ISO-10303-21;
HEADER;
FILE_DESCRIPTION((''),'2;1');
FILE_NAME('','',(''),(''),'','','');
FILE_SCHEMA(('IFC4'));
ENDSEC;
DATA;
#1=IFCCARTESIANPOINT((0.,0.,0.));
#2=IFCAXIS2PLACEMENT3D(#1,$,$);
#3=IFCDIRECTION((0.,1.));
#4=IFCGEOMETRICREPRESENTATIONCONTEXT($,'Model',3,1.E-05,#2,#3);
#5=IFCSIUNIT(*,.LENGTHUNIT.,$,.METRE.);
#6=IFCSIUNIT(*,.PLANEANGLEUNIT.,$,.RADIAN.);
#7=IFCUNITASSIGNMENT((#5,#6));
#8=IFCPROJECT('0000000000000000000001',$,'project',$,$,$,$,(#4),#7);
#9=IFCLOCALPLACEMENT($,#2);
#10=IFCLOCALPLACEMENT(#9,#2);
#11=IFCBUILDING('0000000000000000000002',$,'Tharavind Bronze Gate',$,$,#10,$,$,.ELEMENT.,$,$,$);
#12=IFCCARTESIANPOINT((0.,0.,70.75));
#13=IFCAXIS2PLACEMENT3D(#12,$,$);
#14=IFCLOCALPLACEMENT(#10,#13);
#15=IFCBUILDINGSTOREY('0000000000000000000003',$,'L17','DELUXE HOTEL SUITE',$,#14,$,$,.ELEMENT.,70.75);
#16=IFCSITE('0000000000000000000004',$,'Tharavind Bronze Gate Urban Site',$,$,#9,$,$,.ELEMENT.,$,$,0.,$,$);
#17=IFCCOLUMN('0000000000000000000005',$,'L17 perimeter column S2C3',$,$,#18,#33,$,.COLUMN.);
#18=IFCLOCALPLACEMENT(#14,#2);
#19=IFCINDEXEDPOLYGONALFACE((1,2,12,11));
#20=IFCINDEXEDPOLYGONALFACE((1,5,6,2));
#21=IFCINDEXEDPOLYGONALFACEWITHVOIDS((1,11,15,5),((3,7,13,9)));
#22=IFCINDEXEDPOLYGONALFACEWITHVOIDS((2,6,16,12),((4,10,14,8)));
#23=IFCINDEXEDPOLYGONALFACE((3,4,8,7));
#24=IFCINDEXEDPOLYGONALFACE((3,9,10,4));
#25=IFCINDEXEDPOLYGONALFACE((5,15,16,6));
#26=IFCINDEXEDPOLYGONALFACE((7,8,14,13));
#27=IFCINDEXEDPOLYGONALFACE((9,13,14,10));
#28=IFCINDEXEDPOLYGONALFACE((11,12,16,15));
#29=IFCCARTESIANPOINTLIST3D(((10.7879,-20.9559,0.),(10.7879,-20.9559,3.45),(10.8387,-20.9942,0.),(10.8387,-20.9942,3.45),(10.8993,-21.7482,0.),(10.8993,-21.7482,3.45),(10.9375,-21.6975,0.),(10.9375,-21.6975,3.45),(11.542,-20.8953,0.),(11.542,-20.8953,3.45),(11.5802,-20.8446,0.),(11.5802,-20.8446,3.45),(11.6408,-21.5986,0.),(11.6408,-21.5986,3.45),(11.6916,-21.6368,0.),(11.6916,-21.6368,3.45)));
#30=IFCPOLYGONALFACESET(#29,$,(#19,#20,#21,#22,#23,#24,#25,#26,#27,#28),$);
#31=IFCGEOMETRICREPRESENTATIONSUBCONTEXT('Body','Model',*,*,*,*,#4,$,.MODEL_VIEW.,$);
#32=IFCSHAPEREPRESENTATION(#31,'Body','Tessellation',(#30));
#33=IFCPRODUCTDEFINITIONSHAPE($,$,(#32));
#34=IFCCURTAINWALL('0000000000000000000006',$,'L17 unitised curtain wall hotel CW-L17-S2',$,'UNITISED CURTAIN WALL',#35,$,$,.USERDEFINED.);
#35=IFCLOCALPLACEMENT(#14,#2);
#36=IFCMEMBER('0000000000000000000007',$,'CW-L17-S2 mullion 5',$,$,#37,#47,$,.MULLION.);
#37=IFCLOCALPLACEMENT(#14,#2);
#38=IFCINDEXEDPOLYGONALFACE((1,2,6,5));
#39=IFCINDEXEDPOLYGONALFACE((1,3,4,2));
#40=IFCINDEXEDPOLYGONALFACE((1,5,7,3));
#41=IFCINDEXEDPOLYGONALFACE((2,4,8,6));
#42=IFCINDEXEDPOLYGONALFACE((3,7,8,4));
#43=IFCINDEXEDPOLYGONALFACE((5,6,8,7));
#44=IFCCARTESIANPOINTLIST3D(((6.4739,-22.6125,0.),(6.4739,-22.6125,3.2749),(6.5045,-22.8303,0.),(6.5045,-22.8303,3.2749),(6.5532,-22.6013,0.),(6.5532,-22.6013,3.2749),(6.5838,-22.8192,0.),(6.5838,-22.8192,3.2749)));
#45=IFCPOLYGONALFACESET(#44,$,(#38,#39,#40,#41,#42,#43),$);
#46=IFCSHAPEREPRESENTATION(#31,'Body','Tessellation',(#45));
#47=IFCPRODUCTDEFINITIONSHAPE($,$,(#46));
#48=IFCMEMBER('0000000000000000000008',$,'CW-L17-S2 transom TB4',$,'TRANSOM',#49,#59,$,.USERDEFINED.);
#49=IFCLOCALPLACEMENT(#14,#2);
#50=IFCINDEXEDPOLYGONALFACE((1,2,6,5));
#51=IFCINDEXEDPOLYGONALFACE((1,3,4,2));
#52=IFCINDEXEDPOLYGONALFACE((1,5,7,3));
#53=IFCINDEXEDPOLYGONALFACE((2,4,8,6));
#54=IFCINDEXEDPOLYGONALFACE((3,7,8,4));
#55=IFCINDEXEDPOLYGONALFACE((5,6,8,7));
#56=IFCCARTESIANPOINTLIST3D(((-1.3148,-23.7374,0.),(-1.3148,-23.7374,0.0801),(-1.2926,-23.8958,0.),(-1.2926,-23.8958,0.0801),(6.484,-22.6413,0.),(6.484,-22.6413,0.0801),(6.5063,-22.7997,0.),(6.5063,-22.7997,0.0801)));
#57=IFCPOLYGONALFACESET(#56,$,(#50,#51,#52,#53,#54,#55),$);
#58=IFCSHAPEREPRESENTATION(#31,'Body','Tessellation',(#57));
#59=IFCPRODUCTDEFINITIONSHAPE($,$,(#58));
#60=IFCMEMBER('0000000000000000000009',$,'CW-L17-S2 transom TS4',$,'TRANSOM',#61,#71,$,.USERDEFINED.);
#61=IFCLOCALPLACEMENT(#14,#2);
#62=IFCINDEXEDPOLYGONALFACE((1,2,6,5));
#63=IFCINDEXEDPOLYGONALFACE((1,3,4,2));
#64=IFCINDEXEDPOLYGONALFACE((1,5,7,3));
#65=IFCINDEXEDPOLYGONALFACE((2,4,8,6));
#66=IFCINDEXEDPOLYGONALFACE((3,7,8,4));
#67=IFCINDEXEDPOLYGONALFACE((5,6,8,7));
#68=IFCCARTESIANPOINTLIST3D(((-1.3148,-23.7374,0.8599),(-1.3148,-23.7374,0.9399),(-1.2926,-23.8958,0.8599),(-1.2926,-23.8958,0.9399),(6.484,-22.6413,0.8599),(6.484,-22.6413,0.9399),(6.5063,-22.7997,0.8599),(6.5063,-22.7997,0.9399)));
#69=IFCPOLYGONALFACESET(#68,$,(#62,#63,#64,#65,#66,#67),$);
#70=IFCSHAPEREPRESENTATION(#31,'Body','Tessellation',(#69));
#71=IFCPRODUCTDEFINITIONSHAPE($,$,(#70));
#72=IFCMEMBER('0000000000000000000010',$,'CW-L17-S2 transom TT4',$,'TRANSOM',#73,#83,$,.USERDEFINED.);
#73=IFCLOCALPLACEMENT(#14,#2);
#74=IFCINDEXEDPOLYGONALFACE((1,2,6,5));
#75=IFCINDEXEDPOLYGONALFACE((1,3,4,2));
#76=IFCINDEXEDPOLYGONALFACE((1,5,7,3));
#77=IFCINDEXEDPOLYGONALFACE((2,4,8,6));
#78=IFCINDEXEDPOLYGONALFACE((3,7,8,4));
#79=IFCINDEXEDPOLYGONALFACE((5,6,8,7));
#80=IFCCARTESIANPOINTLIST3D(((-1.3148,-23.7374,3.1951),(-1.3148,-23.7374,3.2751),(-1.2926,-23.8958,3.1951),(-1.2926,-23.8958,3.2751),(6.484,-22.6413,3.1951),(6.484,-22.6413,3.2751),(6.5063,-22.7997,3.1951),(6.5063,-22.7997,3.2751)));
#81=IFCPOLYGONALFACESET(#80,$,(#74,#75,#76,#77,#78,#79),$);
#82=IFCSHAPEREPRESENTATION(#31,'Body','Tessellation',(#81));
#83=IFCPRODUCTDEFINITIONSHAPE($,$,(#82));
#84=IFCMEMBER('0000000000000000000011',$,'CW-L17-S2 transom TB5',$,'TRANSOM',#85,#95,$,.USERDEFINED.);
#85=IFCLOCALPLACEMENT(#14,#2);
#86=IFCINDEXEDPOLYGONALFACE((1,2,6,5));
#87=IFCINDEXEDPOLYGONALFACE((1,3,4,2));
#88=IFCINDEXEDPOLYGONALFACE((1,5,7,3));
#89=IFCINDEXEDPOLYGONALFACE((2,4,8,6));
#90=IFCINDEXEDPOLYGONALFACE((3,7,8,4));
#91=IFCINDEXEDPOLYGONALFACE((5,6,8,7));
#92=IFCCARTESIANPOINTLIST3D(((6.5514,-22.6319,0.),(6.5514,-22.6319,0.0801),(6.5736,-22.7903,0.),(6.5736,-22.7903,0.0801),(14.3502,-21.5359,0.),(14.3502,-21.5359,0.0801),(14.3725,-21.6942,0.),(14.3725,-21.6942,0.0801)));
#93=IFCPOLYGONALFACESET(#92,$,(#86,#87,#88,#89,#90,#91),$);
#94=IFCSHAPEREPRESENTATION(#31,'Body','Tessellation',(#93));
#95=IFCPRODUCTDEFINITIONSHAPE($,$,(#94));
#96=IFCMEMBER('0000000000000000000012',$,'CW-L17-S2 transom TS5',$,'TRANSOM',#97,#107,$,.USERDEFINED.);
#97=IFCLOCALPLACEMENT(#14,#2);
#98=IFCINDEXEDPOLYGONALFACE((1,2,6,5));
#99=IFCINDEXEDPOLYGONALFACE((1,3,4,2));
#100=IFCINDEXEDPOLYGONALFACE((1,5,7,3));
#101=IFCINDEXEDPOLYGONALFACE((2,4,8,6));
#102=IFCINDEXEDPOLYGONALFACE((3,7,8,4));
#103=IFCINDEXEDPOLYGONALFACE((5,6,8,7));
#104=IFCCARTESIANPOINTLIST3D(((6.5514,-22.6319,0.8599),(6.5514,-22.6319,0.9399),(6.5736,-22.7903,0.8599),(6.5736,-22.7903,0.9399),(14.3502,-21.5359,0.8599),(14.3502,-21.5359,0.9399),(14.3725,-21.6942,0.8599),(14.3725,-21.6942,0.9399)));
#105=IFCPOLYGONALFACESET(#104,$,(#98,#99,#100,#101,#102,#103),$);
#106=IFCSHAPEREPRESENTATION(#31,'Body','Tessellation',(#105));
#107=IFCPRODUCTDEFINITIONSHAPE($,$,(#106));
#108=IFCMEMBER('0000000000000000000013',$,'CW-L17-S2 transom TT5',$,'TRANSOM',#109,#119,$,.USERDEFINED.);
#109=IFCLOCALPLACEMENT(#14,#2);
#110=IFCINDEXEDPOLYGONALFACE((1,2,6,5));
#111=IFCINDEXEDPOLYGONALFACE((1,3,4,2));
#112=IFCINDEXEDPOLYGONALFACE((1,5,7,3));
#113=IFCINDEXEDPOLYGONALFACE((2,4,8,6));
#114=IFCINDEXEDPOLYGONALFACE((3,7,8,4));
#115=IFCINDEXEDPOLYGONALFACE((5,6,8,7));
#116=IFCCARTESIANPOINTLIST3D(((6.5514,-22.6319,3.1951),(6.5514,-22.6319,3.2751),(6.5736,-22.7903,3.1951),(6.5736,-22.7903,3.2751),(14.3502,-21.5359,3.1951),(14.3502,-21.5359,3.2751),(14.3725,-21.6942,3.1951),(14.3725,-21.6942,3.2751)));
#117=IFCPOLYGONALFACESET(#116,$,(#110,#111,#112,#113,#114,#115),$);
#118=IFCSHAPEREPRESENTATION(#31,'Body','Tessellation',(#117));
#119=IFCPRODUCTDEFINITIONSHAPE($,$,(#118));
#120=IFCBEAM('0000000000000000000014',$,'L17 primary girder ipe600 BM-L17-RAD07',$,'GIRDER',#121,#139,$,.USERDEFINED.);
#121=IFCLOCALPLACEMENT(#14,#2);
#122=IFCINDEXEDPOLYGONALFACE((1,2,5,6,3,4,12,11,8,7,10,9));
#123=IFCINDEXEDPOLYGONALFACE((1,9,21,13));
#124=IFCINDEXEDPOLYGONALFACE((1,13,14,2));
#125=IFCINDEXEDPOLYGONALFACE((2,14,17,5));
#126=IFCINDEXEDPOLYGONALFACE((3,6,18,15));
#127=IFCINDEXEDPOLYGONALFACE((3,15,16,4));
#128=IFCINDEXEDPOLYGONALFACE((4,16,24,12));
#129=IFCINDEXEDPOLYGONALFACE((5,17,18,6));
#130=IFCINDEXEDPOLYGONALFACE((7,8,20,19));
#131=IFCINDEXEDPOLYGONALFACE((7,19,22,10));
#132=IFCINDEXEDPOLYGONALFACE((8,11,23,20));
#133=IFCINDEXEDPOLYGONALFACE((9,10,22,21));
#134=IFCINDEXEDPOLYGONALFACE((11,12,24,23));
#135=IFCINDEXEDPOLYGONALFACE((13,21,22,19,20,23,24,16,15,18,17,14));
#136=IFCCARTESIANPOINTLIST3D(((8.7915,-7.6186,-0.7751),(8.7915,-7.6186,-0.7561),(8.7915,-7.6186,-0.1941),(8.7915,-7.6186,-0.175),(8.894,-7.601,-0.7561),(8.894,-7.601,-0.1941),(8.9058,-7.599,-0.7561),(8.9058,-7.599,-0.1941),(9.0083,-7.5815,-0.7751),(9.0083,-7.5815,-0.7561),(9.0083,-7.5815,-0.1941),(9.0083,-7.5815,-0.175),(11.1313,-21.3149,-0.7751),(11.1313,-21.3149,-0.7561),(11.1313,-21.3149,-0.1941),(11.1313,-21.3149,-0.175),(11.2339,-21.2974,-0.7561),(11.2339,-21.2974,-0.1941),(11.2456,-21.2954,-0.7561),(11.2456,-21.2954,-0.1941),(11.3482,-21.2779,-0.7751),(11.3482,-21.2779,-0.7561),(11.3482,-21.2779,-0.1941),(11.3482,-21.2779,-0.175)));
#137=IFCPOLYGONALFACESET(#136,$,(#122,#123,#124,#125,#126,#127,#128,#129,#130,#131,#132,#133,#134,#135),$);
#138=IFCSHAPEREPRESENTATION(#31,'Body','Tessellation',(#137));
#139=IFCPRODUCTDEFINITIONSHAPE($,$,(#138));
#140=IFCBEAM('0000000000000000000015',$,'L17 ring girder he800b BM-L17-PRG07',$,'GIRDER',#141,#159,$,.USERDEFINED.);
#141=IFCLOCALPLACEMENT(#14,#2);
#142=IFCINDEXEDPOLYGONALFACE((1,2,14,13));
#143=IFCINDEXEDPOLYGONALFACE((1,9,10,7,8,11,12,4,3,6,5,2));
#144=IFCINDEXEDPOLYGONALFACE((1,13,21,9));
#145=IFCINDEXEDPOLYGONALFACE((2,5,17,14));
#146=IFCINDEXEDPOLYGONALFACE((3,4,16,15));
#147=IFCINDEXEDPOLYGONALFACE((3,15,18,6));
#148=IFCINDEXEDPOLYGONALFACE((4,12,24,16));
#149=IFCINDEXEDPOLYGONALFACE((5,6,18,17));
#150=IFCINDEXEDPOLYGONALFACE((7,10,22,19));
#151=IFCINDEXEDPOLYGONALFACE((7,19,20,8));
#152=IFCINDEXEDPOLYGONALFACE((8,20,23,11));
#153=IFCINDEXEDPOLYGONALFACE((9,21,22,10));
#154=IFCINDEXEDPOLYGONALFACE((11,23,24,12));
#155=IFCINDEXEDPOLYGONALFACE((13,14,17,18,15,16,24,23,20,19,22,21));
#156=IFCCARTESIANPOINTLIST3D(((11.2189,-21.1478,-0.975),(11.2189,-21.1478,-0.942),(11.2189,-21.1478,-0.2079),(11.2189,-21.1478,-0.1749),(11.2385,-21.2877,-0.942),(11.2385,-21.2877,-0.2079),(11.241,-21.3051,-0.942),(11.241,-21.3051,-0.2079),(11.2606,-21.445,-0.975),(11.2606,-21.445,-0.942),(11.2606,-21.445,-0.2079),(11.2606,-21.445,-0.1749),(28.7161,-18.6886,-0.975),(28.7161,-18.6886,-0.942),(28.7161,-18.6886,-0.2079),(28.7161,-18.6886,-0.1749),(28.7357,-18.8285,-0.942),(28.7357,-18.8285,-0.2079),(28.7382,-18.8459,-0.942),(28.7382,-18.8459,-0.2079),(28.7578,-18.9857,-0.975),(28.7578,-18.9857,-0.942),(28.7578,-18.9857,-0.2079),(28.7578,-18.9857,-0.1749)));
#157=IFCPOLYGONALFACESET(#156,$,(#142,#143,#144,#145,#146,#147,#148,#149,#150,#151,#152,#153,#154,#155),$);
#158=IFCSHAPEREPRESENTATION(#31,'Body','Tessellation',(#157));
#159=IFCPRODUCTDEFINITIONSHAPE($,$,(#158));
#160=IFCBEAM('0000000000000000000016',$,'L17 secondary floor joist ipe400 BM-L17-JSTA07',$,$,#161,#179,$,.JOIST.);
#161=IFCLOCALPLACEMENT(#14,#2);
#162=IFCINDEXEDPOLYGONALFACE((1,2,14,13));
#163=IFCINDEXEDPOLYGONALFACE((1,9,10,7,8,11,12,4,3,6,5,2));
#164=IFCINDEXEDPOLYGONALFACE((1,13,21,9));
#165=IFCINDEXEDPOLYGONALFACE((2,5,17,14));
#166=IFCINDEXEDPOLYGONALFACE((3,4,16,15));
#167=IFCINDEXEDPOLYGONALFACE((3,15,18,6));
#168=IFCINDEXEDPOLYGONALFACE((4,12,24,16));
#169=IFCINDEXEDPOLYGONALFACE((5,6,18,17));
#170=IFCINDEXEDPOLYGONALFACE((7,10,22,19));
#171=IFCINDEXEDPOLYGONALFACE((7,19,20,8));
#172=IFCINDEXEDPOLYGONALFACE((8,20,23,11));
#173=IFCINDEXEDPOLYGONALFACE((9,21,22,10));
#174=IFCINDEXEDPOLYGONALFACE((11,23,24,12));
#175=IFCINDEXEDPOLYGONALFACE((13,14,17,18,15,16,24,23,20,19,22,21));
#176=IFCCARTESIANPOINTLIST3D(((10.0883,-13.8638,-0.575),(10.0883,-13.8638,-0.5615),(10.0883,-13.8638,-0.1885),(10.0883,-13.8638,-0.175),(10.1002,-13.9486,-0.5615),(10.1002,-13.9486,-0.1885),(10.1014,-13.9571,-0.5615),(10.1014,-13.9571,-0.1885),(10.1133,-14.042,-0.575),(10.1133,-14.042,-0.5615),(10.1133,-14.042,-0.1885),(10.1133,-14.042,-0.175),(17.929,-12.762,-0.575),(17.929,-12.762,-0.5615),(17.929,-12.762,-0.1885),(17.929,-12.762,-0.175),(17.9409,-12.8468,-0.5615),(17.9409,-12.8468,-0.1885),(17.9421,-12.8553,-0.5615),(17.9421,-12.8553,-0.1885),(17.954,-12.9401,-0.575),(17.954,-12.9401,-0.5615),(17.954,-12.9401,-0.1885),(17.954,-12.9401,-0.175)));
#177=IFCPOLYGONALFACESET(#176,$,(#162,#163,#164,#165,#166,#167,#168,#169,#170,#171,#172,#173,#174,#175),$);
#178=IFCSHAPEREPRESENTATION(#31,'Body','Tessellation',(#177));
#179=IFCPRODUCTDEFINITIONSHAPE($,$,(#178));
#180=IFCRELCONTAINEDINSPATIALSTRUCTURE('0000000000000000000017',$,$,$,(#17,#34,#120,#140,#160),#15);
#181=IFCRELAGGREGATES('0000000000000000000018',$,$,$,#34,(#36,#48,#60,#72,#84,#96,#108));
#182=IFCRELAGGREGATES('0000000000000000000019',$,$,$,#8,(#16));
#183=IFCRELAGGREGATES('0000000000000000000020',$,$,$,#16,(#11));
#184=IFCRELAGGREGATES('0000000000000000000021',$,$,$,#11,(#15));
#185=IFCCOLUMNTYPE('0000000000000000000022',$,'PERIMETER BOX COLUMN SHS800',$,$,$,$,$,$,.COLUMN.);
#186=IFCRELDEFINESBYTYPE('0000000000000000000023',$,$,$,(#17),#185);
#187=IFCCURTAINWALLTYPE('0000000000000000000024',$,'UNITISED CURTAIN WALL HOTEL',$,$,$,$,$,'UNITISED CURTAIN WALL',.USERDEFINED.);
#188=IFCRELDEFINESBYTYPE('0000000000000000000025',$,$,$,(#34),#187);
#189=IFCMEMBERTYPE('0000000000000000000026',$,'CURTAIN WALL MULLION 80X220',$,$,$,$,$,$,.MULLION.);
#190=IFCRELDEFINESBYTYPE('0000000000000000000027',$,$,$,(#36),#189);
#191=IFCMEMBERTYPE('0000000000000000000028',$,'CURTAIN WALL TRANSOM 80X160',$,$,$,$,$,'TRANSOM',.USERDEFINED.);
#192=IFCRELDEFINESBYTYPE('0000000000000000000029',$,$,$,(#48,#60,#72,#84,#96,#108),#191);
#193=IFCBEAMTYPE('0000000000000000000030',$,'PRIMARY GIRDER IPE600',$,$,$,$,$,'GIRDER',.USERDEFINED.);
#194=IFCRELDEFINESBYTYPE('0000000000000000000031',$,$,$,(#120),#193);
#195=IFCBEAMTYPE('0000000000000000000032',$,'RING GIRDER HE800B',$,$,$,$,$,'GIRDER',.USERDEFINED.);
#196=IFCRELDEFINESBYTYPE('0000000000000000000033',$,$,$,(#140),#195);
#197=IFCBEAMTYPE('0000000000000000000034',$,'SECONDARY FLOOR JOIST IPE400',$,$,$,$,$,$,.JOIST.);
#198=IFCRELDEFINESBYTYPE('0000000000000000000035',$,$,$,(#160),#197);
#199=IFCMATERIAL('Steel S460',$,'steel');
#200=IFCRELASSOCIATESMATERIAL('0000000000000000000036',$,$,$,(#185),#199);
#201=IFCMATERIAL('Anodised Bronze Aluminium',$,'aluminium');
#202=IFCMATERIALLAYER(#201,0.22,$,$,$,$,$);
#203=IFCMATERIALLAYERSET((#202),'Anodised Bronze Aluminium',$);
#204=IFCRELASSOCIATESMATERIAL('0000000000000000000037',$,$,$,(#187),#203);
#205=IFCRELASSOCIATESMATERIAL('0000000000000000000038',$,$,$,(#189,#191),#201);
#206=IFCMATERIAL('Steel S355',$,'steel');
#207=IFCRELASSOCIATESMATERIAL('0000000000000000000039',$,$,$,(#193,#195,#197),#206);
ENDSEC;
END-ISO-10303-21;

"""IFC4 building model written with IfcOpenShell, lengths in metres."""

from ifc_helpers import new_model, si_unit, direction, frame, origin, origin_2d, place, context, subcontext, project, spatial, rectangle, hollow_rectangle, i_section, extrude, material, layer, layer_set, material_profile, profile_set, type_object, element, aggregate, save


model = new_model("IFC4")

# Units and contexts
model_context = context("Model", 3, precision=1e-05, world=origin(), true_north=direction((0.0, 1.0)))
body_context = subcontext(model_context, "Body", "Model", "MODEL_VIEW")
ifc_project = project(units=[si_unit("LENGTHUNIT", "METRE"), si_unit("PLANEANGLEUNIT", "RADIAN")], contexts=[model_context])

# Site, building, storey
site_placement = place(None, origin())
site = spatial("IfcSite", under=ifc_project, at=site_placement, Name="Tharavind Bronze Gate Urban Site", CompositionType="ELEMENT", RefElevation=0.0)
building_placement = place(site_placement, origin())
building = spatial("IfcBuilding", under=site, at=building_placement, Name="Tharavind Bronze Gate", CompositionType="ELEMENT")
storey_placement = place(building_placement, frame((0.0, 0.0, 70.75)))
storey = spatial("IfcBuildingStorey", under=building, at=storey_placement, Name="L17", Description="DELUXE HOTEL SUITE", CompositionType="ELEMENT", Elevation=70.75)

# Column
ifc_material_1 = material(Name="Steel S460", Category="steel")
ifc_material_profile_1 = material_profile(ifc_material_1, hollow_rectangle(XDim=0.8, YDim=0.8, WallThickness=0.0449, at=origin_2d()), Name="SHS800X45")
ifc_profile_set_1 = profile_set([ifc_material_profile_1], Name="Steel S460")
column_type = type_object("IfcColumnType", Name="PERIMETER BOX COLUMN SHS800", PredefinedType="COLUMN", material=ifc_profile_set_1)
column_placement = place(storey_placement, frame((11.2397, -21.2964, 0.0), z_axis=(0.0, 0.0, 1.0), x_axis=(0.990268, 0.139173, 0.0)))
element("IfcColumn", 1, at=column_placement, inside=storey, type_object=column_type, Name="L17 perimeter column S2C3", PredefinedType="COLUMN", context=body_context, shape_type="SweptSolid", body=[
    extrude(hollow_rectangle(XDim=0.8, YDim=0.8, WallThickness=0.0449, at=origin_2d()), origin(), (0.0, 0.0, 1.0), 3.45),
])

# Curtain wall, members
ifc_material_2 = material(Name="Anodised Bronze Aluminium", Category="aluminium")
ifc_layer_1 = layer(ifc_material_2, 0.22)
ifc_layer_set_1 = layer_set([ifc_layer_1], Name="Anodised Bronze Aluminium")
curtain_wall_type = type_object("IfcCurtainWallType", Name="UNITISED CURTAIN WALL HOTEL", ElementType="UNITISED CURTAIN WALL", PredefinedType="USERDEFINED", material=ifc_layer_set_1)
curtain_wall_placement = place(storey_placement, origin())
curtain_wall = element("IfcCurtainWall", 2, at=curtain_wall_placement, inside=storey, type_object=curtain_wall_type, Name="L17 unitised curtain wall hotel CW-L17-S2", ObjectType="UNITISED CURTAIN WALL", PredefinedType="USERDEFINED")
member_type_1 = type_object("IfcMemberType", Name="CURTAIN WALL MULLION 80X220", PredefinedType="MULLION", material=ifc_material_2)
member_1_placement = place(storey_placement, frame((6.5288, -22.7158, 0.0), z_axis=(0.0, 0.0, 1.0), x_axis=(0.990268, 0.139173, 0.0)))
member_1 = element("IfcMember", 3, at=member_1_placement, type_object=member_type_1, Name="CW-L17-S2 mullion 5", PredefinedType="MULLION", context=body_context, shape_type="SweptSolid", body=[
    extrude(rectangle(XDim=0.0801, YDim=0.22, at=origin_2d()), origin(), (0.0, 0.0, 1.0), 3.2749),
])
member_type_2 = type_object("IfcMemberType", Name="CURTAIN WALL TRANSOM 80X160", ElementType="TRANSOM", PredefinedType="USERDEFINED", material=ifc_material_2)
member_2_placement = place(storey_placement, frame((2.5957, -23.2686, 0.0), z_axis=(0.0, 0.0, 1.0), x_axis=(0.990268, 0.139173, 0.0)))
member_2 = element("IfcMember", 4, at=member_2_placement, type_object=member_type_2, Name="CW-L17-S2 transom TB4", ObjectType="TRANSOM", PredefinedType="USERDEFINED", context=body_context, shape_type="SweptSolid", body=[
    extrude(rectangle(XDim=7.8755, YDim=0.1599, at=origin_2d()), origin(), (0.0, 0.0, 1.0), 0.0801),
])
member_3_placement = place(storey_placement, frame((2.5957, -23.2686, 0.8599), z_axis=(0.0, 0.0, 1.0), x_axis=(0.990268, 0.139173, 0.0)))
member_3 = element("IfcMember", 5, at=member_3_placement, type_object=member_type_2, Name="CW-L17-S2 transom TS4", ObjectType="TRANSOM", PredefinedType="USERDEFINED", context=body_context, shape_type="SweptSolid", body=[
    extrude(rectangle(XDim=7.8755, YDim=0.1599, at=origin_2d()), origin(), (0.0, 0.0, 1.0), 0.0801),
])
member_4_placement = place(storey_placement, frame((2.5957, -23.2686, 3.1951), z_axis=(0.0, 0.0, 1.0), x_axis=(0.990268, 0.139173, 0.0)))
member_4 = element("IfcMember", 6, at=member_4_placement, type_object=member_type_2, Name="CW-L17-S2 transom TT4", ObjectType="TRANSOM", PredefinedType="USERDEFINED", context=body_context, shape_type="SweptSolid", body=[
    extrude(rectangle(XDim=7.8755, YDim=0.1599, at=origin_2d()), origin(), (0.0, 0.0, 1.0), 0.0801),
])
member_5_placement = place(storey_placement, frame((10.4619, -22.1631, 0.0), z_axis=(0.0, 0.0, 1.0), x_axis=(0.990268, 0.139173, 0.0)))
member_5 = element("IfcMember", 7, at=member_5_placement, type_object=member_type_2, Name="CW-L17-S2 transom TB5", ObjectType="TRANSOM", PredefinedType="USERDEFINED", context=body_context, shape_type="SweptSolid", body=[
    extrude(rectangle(XDim=7.8755, YDim=0.1599, at=origin_2d()), origin(), (0.0, 0.0, 1.0), 0.0801),
])
member_6_placement = place(storey_placement, frame((10.4619, -22.1631, 0.8599), z_axis=(0.0, 0.0, 1.0), x_axis=(0.990268, 0.139173, 0.0)))
member_6 = element("IfcMember", 8, at=member_6_placement, type_object=member_type_2, Name="CW-L17-S2 transom TS5", ObjectType="TRANSOM", PredefinedType="USERDEFINED", context=body_context, shape_type="SweptSolid", body=[
    extrude(rectangle(XDim=7.8755, YDim=0.1599, at=origin_2d()), origin(), (0.0, 0.0, 1.0), 0.0801),
])
member_7_placement = place(storey_placement, frame((10.4619, -22.1631, 3.1951), z_axis=(0.0, 0.0, 1.0), x_axis=(0.990268, 0.139173, 0.0)))
member_7 = element("IfcMember", 9, at=member_7_placement, type_object=member_type_2, Name="CW-L17-S2 transom TT5", ObjectType="TRANSOM", PredefinedType="USERDEFINED", context=body_context, shape_type="SweptSolid", body=[
    extrude(rectangle(XDim=7.8755, YDim=0.1599, at=origin_2d()), origin(), (0.0, 0.0, 1.0), 0.0801),
])

# Beams
ifc_material_3 = material(Name="Steel S355", Category="steel")
ifc_material_profile_2 = material_profile(ifc_material_3, i_section(OverallWidth=0.22, OverallDepth=0.6001, WebThickness=0.012, FlangeThickness=0.019, at=origin_2d()), Name="IPE600")
ifc_profile_set_2 = profile_set([ifc_material_profile_2], Name="Steel S355")
beam_type_1 = type_object("IfcBeamType", Name="PRIMARY GIRDER IPE600", ElementType="GIRDER", PredefinedType="USERDEFINED", material=ifc_profile_set_2)
beam_1_placement = place(storey_placement, frame((11.2397, -21.2964, -0.4751), z_axis=(-0.168398, 0.985719, 0.0), x_axis=(-0.985719, -0.168398, 0.0)))
element("IfcBeam", 10, at=beam_1_placement, inside=storey, type_object=beam_type_1, Name="L17 primary girder ipe600 BM-L17-RAD07", ObjectType="GIRDER", PredefinedType="USERDEFINED", context=body_context, shape_type="SweptSolid", body=[
    extrude(i_section(OverallWidth=0.22, OverallDepth=0.6001, WebThickness=0.012, FlangeThickness=0.019, at=origin_2d()), origin(), (0.0, 0.0, 1.0), 13.8948),
])
ifc_material_profile_3 = material_profile(ifc_material_3, i_section(OverallWidth=0.3, OverallDepth=0.8, WebThickness=0.0176, FlangeThickness=0.033, at=origin_2d()), Name="HE800B")
ifc_profile_set_3 = profile_set([ifc_material_profile_3], Name="Steel S355")
beam_type_2 = type_object("IfcBeamType", Name="RING GIRDER HE800B", ElementType="GIRDER", PredefinedType="USERDEFINED", material=ifc_profile_set_3)
beam_2_placement = place(storey_placement, frame((11.2397, -21.2964, -0.575), z_axis=(0.990267, 0.139181, 0.0), x_axis=(-0.139181, 0.990267, 0.0)))
element("IfcBeam", 11, at=beam_2_placement, inside=storey, type_object=beam_type_2, Name="L17 ring girder he800b BM-L17-PRG07", ObjectType="GIRDER", PredefinedType="USERDEFINED", context=body_context, shape_type="SweptSolid", body=[
    extrude(i_section(OverallWidth=0.3, OverallDepth=0.8, WebThickness=0.0176, FlangeThickness=0.033, at=origin_2d()), origin(), (0.0, 0.0, 1.0), 17.6692),
])
ifc_material_profile_4 = material_profile(ifc_material_3, i_section(OverallWidth=0.1799, OverallDepth=0.3999, WebThickness=0.0085, FlangeThickness=0.0134, at=origin_2d()), Name="IPE400")
ifc_profile_set_4 = profile_set([ifc_material_profile_4], Name="Steel S355")
beam_type_3 = type_object("IfcBeamType", Name="SECONDARY FLOOR JOIST IPE400", PredefinedType="JOIST", material=ifc_profile_set_4)
beam_3_placement = place(storey_placement, frame((10.1008, -13.9529, -0.375), z_axis=(0.99027, 0.139159, 0.0), x_axis=(-0.139159, 0.99027, 0.0)))
element("IfcBeam", 12, at=beam_3_placement, inside=storey, type_object=beam_type_3, Name="L17 secondary floor joist ipe400 BM-L17-JSTA07", PredefinedType="JOIST", context=body_context, shape_type="SweptSolid", body=[
    extrude(i_section(OverallWidth=0.1799, OverallDepth=0.3999, WebThickness=0.0085, FlangeThickness=0.0134, at=origin_2d()), origin(), (0.0, 0.0, 1.0), 7.9177),
])

aggregate(curtain_wall, [member_1, member_2, member_3, member_4, member_5, member_6, member_7])

save(model, "model.ifc")
